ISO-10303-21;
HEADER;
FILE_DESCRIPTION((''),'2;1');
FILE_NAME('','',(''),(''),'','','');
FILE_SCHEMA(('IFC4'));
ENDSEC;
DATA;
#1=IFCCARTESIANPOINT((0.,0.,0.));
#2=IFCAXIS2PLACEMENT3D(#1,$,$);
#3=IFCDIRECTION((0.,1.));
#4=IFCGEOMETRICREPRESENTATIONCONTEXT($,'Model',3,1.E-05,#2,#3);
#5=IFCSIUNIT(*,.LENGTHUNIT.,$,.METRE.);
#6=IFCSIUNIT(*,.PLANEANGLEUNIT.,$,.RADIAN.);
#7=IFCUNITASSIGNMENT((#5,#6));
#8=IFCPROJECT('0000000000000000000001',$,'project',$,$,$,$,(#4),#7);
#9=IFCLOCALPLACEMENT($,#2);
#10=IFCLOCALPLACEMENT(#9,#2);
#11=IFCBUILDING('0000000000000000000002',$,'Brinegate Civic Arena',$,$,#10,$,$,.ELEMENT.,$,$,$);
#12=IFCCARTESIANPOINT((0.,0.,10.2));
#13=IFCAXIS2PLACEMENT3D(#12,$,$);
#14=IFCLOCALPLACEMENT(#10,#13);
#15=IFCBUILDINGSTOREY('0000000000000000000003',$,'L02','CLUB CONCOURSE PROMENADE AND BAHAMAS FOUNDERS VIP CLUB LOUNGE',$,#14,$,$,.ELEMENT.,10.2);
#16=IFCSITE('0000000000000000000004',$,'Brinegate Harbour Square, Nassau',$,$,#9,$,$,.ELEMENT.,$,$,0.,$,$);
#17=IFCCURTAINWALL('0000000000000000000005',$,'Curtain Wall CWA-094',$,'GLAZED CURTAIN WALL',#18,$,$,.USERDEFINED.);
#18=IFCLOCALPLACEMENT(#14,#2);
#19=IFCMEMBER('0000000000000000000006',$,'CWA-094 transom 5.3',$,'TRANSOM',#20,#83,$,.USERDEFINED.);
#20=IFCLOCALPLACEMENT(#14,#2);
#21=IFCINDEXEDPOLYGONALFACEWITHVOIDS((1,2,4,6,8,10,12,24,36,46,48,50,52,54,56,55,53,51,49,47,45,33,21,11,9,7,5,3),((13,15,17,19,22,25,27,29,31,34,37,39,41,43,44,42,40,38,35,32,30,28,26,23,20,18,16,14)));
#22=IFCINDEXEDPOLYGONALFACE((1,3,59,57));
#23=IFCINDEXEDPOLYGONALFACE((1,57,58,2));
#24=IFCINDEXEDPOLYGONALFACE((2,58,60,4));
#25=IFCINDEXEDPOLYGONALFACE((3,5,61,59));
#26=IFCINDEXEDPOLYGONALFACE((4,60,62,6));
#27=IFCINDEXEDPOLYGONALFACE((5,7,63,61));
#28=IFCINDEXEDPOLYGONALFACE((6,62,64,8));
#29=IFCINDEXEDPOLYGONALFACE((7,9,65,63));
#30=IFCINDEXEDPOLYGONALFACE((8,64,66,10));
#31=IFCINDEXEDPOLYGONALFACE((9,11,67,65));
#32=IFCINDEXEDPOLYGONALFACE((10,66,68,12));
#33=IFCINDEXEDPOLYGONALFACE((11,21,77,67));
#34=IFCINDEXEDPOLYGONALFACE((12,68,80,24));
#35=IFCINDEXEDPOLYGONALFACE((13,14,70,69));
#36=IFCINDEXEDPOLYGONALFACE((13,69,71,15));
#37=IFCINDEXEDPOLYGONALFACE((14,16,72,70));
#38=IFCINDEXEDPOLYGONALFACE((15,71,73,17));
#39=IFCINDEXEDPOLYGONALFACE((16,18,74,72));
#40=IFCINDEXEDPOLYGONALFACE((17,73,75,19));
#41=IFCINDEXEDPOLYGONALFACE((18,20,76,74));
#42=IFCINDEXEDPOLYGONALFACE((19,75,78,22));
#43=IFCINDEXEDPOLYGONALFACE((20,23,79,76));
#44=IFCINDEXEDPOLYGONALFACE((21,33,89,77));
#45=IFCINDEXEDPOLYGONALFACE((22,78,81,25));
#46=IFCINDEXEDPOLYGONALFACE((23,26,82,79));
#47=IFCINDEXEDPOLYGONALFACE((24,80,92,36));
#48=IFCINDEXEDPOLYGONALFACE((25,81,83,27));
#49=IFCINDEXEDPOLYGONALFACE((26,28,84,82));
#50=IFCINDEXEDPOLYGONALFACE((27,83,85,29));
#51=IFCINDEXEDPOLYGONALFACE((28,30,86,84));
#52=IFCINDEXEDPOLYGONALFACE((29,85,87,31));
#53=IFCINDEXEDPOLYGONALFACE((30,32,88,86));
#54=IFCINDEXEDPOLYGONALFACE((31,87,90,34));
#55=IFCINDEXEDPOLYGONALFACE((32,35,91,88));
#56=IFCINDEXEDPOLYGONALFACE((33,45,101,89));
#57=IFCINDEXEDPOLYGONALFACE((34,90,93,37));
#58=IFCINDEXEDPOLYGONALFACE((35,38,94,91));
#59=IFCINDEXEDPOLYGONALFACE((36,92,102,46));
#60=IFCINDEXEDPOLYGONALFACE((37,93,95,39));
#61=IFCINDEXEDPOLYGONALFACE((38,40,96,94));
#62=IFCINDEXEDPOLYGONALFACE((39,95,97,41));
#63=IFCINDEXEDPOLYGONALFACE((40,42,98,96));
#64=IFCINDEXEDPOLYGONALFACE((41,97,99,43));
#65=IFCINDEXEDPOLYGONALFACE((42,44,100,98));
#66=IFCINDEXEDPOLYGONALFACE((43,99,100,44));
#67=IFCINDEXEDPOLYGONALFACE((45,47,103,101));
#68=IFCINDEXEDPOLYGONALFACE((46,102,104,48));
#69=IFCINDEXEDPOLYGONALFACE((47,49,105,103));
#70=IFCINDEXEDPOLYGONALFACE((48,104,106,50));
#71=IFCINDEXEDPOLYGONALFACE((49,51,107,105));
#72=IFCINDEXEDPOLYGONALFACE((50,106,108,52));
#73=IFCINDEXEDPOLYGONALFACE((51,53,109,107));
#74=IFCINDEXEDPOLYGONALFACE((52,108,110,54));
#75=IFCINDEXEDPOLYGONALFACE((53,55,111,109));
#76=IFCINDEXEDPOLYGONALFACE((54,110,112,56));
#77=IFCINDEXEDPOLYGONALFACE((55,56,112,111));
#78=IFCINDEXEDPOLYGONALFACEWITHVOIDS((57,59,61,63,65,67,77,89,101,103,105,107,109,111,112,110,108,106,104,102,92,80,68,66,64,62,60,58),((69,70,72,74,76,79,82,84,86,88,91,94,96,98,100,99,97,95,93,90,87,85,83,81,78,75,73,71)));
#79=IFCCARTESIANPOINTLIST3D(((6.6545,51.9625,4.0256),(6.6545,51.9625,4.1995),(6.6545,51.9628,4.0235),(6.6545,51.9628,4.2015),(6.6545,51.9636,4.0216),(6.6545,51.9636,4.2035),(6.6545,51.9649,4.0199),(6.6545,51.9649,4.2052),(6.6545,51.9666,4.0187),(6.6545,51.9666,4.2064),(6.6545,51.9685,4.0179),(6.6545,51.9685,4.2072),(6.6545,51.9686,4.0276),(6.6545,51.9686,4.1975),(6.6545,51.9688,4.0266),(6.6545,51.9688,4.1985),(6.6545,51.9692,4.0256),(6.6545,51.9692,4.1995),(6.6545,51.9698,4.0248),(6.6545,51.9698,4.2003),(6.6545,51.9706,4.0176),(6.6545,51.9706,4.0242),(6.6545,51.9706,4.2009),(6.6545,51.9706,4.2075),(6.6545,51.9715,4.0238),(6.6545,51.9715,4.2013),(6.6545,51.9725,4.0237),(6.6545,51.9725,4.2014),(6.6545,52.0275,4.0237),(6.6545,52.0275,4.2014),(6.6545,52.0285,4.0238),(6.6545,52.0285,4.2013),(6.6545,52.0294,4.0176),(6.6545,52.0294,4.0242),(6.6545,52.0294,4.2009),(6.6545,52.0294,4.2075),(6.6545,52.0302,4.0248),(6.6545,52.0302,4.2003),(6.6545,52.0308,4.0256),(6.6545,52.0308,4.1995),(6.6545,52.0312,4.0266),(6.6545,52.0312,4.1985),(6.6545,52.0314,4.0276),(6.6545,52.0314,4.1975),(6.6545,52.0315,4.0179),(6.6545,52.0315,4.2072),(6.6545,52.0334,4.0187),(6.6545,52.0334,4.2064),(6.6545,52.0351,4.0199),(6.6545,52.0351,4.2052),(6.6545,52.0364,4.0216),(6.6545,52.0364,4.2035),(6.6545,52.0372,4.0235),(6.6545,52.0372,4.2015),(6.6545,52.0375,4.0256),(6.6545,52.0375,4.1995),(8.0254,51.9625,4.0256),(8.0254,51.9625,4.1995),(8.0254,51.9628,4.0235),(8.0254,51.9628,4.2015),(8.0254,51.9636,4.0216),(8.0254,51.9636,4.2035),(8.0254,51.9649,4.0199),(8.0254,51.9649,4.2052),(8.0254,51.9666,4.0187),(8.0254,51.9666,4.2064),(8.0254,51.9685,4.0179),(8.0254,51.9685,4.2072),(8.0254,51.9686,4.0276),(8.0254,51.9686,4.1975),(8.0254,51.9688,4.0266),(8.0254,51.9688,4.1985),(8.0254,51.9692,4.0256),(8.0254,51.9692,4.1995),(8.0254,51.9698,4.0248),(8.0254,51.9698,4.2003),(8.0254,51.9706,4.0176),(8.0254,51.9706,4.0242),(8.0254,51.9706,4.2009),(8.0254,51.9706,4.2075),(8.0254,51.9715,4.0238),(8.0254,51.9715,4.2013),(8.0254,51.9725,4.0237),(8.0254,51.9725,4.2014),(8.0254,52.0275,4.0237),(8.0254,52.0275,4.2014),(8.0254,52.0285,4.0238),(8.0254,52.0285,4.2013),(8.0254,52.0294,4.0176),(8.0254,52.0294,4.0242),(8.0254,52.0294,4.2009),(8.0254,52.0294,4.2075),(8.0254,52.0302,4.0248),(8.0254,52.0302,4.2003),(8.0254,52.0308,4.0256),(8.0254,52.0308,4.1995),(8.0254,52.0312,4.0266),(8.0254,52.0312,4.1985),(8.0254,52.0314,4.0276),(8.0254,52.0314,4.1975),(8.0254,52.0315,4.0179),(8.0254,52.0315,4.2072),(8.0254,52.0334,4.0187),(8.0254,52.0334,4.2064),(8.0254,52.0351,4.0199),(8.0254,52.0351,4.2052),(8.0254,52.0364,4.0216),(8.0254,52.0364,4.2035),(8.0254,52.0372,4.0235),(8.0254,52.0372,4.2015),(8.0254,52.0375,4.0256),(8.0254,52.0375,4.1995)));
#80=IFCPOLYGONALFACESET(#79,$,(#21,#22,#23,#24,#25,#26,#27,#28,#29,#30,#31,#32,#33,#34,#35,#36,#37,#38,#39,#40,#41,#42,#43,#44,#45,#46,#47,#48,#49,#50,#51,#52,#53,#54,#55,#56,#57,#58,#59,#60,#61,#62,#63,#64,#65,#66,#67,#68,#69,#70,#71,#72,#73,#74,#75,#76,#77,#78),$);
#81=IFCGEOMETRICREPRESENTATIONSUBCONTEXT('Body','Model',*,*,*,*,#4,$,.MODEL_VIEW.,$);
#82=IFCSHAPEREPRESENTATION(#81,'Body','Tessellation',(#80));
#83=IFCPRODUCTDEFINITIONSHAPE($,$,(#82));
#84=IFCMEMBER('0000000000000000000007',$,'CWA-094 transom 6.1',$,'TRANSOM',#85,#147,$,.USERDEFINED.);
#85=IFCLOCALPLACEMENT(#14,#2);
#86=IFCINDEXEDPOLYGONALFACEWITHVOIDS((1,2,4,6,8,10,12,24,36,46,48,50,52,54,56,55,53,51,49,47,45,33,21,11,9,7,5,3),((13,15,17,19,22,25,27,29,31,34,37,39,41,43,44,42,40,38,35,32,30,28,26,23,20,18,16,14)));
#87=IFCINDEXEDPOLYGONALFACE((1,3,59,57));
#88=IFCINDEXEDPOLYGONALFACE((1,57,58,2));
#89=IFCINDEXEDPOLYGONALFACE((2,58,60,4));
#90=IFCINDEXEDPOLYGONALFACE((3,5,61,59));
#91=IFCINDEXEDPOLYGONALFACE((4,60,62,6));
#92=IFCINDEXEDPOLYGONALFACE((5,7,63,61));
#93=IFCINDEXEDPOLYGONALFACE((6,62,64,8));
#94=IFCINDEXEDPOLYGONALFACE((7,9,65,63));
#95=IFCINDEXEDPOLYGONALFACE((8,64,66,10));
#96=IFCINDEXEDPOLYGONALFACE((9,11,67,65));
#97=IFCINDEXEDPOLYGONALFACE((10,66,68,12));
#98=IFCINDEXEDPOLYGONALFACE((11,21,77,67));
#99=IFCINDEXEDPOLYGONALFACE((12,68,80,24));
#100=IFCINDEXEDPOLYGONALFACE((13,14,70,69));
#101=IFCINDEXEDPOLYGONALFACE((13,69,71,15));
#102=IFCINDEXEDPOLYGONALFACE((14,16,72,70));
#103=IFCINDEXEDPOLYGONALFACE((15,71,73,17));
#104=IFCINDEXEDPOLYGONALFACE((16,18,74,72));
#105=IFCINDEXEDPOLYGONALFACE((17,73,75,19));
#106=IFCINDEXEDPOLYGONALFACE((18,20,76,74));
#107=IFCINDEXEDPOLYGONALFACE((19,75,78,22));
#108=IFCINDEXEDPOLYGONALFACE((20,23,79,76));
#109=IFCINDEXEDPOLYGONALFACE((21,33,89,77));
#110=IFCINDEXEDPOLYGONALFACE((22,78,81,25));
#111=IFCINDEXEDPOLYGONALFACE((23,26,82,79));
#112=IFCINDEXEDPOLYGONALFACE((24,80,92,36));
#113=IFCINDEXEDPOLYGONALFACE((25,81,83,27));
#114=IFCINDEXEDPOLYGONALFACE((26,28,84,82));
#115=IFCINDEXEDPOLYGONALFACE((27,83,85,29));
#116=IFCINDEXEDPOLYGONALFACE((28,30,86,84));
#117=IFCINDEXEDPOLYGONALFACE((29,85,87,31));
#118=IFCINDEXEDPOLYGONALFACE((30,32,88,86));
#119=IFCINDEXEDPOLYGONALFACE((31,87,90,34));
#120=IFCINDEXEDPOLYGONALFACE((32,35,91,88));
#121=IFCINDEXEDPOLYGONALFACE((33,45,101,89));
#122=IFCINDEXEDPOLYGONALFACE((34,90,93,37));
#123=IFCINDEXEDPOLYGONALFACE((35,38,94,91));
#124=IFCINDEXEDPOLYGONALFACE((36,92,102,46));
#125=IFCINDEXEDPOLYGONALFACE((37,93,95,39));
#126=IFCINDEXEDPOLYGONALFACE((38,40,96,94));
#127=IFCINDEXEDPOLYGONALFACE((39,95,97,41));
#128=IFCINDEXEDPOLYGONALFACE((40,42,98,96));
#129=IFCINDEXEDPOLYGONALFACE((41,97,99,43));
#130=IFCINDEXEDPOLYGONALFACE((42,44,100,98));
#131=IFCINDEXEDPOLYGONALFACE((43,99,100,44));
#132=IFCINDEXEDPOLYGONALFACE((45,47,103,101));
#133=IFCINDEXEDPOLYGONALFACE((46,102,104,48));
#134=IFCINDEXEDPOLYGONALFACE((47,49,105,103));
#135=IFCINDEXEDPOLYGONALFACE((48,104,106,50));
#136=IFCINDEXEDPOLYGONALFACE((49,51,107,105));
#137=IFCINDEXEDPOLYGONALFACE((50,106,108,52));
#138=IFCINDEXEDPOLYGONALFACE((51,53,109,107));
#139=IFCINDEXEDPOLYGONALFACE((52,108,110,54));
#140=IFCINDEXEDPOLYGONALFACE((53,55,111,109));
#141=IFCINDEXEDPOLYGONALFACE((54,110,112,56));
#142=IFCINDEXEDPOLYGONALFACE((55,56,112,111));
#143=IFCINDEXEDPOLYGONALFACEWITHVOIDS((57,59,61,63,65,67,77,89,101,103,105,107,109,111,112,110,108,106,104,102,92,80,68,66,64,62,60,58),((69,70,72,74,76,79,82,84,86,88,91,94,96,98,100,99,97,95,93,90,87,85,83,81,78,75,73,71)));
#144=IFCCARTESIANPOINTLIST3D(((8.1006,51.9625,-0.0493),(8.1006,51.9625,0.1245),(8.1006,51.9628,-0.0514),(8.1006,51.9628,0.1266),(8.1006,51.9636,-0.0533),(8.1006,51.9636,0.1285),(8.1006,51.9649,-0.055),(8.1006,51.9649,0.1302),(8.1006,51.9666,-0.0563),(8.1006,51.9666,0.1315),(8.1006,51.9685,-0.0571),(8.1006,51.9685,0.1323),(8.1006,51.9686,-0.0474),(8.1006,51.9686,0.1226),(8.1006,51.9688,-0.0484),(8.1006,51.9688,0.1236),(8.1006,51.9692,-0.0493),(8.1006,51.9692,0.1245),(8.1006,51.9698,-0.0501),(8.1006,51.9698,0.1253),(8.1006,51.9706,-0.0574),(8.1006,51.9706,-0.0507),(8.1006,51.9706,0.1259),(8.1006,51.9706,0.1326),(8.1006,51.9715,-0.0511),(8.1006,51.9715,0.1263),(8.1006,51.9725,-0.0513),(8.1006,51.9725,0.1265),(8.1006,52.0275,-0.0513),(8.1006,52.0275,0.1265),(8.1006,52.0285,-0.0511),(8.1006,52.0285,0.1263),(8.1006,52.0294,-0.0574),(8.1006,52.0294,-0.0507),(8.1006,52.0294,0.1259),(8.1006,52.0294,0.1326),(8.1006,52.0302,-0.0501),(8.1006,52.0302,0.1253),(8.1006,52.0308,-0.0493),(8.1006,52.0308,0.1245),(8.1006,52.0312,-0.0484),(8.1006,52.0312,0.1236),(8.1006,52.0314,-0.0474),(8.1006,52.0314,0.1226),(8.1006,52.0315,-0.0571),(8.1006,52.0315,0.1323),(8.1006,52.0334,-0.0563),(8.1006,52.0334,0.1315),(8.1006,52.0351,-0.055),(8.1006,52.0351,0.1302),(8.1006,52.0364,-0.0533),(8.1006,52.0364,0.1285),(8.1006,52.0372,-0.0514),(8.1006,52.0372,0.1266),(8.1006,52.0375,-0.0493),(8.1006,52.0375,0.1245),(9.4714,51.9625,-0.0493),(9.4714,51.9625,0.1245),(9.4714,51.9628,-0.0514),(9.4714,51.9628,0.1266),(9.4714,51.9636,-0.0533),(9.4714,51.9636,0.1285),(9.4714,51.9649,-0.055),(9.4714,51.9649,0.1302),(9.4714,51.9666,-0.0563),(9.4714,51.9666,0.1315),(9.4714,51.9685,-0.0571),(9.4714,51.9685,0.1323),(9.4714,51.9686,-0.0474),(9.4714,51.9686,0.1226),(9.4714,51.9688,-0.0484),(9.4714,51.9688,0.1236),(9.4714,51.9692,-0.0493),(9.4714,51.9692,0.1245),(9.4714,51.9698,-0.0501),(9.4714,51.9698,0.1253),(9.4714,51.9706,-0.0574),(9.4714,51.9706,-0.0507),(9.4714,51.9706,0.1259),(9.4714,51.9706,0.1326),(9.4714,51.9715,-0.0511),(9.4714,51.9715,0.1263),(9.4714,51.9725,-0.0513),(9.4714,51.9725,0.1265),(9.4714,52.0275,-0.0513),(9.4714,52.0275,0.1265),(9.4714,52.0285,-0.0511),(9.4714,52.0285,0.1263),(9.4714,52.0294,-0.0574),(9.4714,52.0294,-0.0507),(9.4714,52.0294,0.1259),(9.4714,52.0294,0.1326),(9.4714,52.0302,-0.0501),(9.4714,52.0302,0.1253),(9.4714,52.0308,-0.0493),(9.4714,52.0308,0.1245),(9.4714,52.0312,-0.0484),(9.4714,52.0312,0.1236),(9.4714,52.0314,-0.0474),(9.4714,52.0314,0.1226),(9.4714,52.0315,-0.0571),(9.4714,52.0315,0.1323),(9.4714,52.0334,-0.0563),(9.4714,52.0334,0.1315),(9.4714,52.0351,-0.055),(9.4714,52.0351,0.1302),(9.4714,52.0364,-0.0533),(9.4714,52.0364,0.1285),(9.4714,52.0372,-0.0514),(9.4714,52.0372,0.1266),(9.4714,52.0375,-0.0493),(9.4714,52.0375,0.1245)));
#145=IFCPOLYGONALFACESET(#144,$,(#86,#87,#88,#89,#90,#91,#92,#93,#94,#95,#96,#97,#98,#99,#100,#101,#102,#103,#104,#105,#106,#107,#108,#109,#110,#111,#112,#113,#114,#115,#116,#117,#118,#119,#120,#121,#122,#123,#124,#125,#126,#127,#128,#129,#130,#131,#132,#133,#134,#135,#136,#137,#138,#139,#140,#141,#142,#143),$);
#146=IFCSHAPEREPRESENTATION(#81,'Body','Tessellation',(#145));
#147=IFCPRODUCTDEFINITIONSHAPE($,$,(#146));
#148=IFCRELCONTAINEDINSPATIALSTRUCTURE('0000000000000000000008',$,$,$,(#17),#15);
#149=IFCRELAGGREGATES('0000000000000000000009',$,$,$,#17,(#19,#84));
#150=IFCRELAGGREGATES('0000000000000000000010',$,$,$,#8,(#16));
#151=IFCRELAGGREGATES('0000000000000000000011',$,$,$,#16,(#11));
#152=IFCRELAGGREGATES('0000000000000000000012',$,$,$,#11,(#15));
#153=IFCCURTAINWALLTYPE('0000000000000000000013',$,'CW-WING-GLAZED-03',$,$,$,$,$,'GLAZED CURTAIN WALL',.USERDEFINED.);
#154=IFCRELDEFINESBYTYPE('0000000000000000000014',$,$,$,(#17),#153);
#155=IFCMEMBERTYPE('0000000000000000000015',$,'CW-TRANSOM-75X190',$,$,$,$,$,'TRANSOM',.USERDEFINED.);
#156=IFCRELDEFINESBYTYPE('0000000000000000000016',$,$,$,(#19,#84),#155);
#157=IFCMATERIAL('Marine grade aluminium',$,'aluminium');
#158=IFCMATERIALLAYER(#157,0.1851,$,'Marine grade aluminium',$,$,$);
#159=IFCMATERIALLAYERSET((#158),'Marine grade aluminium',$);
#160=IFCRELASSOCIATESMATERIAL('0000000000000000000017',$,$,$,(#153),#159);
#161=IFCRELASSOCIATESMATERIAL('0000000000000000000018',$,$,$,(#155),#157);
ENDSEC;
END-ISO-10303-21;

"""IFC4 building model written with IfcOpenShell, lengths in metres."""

from ifc_helpers import new_model, si_unit, direction, frame, origin, origin_2d, place, context, subcontext, project, spatial, hollow_rectangle, extrude, material, layer, layer_set, material_profile, profile_set, type_object, element, aggregate, save


model = new_model("IFC4")

# Units and contexts
model_context = context("Model", 3, precision=1e-05, world=origin(), true_north=direction((0.0, 1.0)))
body_context = subcontext(model_context, "Body", "Model", "MODEL_VIEW")
ifc_project = project(units=[si_unit("LENGTHUNIT", "METRE"), si_unit("PLANEANGLEUNIT", "RADIAN")], contexts=[model_context])

# Site, building, storey
site_placement = place(None, origin())
site = spatial("IfcSite", under=ifc_project, at=site_placement, Name="Brinegate Harbour Square, Nassau", CompositionType="ELEMENT", RefElevation=0.0)
building_placement = place(site_placement, origin())
building = spatial("IfcBuilding", under=site, at=building_placement, Name="Brinegate Civic Arena", CompositionType="ELEMENT")
storey_placement = place(building_placement, frame((0.0, 0.0, 10.2)))
storey = spatial("IfcBuildingStorey", under=building, at=storey_placement, Name="L02", Description="CLUB CONCOURSE PROMENADE AND BAHAMAS FOUNDERS VIP CLUB LOUNGE", CompositionType="ELEMENT", Elevation=10.2)

# Curtain wall, members
ifc_material_1 = material(Name="Marine grade aluminium", Category="aluminium")
ifc_layer_1 = layer(ifc_material_1, 0.1851, Name="Marine grade aluminium")
ifc_layer_set_1 = layer_set([ifc_layer_1], Name="Marine grade aluminium")
curtain_wall_type = type_object("IfcCurtainWallType", Name="CW-WING-GLAZED-03", ElementType="GLAZED CURTAIN WALL", PredefinedType="USERDEFINED", material=ifc_layer_set_1)
curtain_wall_placement = place(storey_placement, origin())
curtain_wall = element("IfcCurtainWall", 1, at=curtain_wall_placement, inside=storey, type_object=curtain_wall_type, Name="Curtain Wall CWA-094", ObjectType="GLAZED CURTAIN WALL", PredefinedType="USERDEFINED")
ifc_material_profile_1 = material_profile(ifc_material_1, hollow_rectangle(XDim=0.075, YDim=0.1899, WallThickness=0.0061, InnerFilletRadius=0.0039, OuterFilletRadius=0.0081, at=origin_2d()), Name="TRN75X190")
ifc_profile_set_1 = profile_set([ifc_material_profile_1], Name="Marine grade aluminium")
member_type_1 = type_object("IfcMemberType", Name="CW-TRANSOM-75X190", ElementType="TRANSOM", PredefinedType="USERDEFINED", material=ifc_profile_set_1)
member_1_placement = place(storey_placement, frame((6.6545, 52.0, 4.1125), z_axis=(1.0, 0.0, 0.0), x_axis=(0.0, 1.0, 0.0)))
member_1 = element("IfcMember", 2, at=member_1_placement, type_object=member_type_1, Name="CWA-094 transom 5.3", ObjectType="TRANSOM", PredefinedType="USERDEFINED", context=body_context, shape_type="SweptSolid", body=[
    extrude(hollow_rectangle(XDim=0.075, YDim=0.1899, WallThickness=0.0061, InnerFilletRadius=0.0039, OuterFilletRadius=0.0081, at=origin_2d()), origin(), (0.0, 0.0, 1.0), 1.3708),
])
member_2_placement = place(storey_placement, frame((8.1006, 52.0, 0.0376), z_axis=(1.0, 0.0, 0.0), x_axis=(0.0, 1.0, 0.0)))
member_2 = element("IfcMember", 3, at=member_2_placement, type_object=member_type_1, Name="CWA-094 transom 6.1", ObjectType="TRANSOM", PredefinedType="USERDEFINED", context=body_context, shape_type="SweptSolid", body=[
    extrude(hollow_rectangle(XDim=0.075, YDim=0.1899, WallThickness=0.0061, InnerFilletRadius=0.0039, OuterFilletRadius=0.0081, at=origin_2d()), origin(), (0.0, 0.0, 1.0), 1.3708),
])

aggregate(curtain_wall, [member_1, member_2])

save(model, "model.ifc")
